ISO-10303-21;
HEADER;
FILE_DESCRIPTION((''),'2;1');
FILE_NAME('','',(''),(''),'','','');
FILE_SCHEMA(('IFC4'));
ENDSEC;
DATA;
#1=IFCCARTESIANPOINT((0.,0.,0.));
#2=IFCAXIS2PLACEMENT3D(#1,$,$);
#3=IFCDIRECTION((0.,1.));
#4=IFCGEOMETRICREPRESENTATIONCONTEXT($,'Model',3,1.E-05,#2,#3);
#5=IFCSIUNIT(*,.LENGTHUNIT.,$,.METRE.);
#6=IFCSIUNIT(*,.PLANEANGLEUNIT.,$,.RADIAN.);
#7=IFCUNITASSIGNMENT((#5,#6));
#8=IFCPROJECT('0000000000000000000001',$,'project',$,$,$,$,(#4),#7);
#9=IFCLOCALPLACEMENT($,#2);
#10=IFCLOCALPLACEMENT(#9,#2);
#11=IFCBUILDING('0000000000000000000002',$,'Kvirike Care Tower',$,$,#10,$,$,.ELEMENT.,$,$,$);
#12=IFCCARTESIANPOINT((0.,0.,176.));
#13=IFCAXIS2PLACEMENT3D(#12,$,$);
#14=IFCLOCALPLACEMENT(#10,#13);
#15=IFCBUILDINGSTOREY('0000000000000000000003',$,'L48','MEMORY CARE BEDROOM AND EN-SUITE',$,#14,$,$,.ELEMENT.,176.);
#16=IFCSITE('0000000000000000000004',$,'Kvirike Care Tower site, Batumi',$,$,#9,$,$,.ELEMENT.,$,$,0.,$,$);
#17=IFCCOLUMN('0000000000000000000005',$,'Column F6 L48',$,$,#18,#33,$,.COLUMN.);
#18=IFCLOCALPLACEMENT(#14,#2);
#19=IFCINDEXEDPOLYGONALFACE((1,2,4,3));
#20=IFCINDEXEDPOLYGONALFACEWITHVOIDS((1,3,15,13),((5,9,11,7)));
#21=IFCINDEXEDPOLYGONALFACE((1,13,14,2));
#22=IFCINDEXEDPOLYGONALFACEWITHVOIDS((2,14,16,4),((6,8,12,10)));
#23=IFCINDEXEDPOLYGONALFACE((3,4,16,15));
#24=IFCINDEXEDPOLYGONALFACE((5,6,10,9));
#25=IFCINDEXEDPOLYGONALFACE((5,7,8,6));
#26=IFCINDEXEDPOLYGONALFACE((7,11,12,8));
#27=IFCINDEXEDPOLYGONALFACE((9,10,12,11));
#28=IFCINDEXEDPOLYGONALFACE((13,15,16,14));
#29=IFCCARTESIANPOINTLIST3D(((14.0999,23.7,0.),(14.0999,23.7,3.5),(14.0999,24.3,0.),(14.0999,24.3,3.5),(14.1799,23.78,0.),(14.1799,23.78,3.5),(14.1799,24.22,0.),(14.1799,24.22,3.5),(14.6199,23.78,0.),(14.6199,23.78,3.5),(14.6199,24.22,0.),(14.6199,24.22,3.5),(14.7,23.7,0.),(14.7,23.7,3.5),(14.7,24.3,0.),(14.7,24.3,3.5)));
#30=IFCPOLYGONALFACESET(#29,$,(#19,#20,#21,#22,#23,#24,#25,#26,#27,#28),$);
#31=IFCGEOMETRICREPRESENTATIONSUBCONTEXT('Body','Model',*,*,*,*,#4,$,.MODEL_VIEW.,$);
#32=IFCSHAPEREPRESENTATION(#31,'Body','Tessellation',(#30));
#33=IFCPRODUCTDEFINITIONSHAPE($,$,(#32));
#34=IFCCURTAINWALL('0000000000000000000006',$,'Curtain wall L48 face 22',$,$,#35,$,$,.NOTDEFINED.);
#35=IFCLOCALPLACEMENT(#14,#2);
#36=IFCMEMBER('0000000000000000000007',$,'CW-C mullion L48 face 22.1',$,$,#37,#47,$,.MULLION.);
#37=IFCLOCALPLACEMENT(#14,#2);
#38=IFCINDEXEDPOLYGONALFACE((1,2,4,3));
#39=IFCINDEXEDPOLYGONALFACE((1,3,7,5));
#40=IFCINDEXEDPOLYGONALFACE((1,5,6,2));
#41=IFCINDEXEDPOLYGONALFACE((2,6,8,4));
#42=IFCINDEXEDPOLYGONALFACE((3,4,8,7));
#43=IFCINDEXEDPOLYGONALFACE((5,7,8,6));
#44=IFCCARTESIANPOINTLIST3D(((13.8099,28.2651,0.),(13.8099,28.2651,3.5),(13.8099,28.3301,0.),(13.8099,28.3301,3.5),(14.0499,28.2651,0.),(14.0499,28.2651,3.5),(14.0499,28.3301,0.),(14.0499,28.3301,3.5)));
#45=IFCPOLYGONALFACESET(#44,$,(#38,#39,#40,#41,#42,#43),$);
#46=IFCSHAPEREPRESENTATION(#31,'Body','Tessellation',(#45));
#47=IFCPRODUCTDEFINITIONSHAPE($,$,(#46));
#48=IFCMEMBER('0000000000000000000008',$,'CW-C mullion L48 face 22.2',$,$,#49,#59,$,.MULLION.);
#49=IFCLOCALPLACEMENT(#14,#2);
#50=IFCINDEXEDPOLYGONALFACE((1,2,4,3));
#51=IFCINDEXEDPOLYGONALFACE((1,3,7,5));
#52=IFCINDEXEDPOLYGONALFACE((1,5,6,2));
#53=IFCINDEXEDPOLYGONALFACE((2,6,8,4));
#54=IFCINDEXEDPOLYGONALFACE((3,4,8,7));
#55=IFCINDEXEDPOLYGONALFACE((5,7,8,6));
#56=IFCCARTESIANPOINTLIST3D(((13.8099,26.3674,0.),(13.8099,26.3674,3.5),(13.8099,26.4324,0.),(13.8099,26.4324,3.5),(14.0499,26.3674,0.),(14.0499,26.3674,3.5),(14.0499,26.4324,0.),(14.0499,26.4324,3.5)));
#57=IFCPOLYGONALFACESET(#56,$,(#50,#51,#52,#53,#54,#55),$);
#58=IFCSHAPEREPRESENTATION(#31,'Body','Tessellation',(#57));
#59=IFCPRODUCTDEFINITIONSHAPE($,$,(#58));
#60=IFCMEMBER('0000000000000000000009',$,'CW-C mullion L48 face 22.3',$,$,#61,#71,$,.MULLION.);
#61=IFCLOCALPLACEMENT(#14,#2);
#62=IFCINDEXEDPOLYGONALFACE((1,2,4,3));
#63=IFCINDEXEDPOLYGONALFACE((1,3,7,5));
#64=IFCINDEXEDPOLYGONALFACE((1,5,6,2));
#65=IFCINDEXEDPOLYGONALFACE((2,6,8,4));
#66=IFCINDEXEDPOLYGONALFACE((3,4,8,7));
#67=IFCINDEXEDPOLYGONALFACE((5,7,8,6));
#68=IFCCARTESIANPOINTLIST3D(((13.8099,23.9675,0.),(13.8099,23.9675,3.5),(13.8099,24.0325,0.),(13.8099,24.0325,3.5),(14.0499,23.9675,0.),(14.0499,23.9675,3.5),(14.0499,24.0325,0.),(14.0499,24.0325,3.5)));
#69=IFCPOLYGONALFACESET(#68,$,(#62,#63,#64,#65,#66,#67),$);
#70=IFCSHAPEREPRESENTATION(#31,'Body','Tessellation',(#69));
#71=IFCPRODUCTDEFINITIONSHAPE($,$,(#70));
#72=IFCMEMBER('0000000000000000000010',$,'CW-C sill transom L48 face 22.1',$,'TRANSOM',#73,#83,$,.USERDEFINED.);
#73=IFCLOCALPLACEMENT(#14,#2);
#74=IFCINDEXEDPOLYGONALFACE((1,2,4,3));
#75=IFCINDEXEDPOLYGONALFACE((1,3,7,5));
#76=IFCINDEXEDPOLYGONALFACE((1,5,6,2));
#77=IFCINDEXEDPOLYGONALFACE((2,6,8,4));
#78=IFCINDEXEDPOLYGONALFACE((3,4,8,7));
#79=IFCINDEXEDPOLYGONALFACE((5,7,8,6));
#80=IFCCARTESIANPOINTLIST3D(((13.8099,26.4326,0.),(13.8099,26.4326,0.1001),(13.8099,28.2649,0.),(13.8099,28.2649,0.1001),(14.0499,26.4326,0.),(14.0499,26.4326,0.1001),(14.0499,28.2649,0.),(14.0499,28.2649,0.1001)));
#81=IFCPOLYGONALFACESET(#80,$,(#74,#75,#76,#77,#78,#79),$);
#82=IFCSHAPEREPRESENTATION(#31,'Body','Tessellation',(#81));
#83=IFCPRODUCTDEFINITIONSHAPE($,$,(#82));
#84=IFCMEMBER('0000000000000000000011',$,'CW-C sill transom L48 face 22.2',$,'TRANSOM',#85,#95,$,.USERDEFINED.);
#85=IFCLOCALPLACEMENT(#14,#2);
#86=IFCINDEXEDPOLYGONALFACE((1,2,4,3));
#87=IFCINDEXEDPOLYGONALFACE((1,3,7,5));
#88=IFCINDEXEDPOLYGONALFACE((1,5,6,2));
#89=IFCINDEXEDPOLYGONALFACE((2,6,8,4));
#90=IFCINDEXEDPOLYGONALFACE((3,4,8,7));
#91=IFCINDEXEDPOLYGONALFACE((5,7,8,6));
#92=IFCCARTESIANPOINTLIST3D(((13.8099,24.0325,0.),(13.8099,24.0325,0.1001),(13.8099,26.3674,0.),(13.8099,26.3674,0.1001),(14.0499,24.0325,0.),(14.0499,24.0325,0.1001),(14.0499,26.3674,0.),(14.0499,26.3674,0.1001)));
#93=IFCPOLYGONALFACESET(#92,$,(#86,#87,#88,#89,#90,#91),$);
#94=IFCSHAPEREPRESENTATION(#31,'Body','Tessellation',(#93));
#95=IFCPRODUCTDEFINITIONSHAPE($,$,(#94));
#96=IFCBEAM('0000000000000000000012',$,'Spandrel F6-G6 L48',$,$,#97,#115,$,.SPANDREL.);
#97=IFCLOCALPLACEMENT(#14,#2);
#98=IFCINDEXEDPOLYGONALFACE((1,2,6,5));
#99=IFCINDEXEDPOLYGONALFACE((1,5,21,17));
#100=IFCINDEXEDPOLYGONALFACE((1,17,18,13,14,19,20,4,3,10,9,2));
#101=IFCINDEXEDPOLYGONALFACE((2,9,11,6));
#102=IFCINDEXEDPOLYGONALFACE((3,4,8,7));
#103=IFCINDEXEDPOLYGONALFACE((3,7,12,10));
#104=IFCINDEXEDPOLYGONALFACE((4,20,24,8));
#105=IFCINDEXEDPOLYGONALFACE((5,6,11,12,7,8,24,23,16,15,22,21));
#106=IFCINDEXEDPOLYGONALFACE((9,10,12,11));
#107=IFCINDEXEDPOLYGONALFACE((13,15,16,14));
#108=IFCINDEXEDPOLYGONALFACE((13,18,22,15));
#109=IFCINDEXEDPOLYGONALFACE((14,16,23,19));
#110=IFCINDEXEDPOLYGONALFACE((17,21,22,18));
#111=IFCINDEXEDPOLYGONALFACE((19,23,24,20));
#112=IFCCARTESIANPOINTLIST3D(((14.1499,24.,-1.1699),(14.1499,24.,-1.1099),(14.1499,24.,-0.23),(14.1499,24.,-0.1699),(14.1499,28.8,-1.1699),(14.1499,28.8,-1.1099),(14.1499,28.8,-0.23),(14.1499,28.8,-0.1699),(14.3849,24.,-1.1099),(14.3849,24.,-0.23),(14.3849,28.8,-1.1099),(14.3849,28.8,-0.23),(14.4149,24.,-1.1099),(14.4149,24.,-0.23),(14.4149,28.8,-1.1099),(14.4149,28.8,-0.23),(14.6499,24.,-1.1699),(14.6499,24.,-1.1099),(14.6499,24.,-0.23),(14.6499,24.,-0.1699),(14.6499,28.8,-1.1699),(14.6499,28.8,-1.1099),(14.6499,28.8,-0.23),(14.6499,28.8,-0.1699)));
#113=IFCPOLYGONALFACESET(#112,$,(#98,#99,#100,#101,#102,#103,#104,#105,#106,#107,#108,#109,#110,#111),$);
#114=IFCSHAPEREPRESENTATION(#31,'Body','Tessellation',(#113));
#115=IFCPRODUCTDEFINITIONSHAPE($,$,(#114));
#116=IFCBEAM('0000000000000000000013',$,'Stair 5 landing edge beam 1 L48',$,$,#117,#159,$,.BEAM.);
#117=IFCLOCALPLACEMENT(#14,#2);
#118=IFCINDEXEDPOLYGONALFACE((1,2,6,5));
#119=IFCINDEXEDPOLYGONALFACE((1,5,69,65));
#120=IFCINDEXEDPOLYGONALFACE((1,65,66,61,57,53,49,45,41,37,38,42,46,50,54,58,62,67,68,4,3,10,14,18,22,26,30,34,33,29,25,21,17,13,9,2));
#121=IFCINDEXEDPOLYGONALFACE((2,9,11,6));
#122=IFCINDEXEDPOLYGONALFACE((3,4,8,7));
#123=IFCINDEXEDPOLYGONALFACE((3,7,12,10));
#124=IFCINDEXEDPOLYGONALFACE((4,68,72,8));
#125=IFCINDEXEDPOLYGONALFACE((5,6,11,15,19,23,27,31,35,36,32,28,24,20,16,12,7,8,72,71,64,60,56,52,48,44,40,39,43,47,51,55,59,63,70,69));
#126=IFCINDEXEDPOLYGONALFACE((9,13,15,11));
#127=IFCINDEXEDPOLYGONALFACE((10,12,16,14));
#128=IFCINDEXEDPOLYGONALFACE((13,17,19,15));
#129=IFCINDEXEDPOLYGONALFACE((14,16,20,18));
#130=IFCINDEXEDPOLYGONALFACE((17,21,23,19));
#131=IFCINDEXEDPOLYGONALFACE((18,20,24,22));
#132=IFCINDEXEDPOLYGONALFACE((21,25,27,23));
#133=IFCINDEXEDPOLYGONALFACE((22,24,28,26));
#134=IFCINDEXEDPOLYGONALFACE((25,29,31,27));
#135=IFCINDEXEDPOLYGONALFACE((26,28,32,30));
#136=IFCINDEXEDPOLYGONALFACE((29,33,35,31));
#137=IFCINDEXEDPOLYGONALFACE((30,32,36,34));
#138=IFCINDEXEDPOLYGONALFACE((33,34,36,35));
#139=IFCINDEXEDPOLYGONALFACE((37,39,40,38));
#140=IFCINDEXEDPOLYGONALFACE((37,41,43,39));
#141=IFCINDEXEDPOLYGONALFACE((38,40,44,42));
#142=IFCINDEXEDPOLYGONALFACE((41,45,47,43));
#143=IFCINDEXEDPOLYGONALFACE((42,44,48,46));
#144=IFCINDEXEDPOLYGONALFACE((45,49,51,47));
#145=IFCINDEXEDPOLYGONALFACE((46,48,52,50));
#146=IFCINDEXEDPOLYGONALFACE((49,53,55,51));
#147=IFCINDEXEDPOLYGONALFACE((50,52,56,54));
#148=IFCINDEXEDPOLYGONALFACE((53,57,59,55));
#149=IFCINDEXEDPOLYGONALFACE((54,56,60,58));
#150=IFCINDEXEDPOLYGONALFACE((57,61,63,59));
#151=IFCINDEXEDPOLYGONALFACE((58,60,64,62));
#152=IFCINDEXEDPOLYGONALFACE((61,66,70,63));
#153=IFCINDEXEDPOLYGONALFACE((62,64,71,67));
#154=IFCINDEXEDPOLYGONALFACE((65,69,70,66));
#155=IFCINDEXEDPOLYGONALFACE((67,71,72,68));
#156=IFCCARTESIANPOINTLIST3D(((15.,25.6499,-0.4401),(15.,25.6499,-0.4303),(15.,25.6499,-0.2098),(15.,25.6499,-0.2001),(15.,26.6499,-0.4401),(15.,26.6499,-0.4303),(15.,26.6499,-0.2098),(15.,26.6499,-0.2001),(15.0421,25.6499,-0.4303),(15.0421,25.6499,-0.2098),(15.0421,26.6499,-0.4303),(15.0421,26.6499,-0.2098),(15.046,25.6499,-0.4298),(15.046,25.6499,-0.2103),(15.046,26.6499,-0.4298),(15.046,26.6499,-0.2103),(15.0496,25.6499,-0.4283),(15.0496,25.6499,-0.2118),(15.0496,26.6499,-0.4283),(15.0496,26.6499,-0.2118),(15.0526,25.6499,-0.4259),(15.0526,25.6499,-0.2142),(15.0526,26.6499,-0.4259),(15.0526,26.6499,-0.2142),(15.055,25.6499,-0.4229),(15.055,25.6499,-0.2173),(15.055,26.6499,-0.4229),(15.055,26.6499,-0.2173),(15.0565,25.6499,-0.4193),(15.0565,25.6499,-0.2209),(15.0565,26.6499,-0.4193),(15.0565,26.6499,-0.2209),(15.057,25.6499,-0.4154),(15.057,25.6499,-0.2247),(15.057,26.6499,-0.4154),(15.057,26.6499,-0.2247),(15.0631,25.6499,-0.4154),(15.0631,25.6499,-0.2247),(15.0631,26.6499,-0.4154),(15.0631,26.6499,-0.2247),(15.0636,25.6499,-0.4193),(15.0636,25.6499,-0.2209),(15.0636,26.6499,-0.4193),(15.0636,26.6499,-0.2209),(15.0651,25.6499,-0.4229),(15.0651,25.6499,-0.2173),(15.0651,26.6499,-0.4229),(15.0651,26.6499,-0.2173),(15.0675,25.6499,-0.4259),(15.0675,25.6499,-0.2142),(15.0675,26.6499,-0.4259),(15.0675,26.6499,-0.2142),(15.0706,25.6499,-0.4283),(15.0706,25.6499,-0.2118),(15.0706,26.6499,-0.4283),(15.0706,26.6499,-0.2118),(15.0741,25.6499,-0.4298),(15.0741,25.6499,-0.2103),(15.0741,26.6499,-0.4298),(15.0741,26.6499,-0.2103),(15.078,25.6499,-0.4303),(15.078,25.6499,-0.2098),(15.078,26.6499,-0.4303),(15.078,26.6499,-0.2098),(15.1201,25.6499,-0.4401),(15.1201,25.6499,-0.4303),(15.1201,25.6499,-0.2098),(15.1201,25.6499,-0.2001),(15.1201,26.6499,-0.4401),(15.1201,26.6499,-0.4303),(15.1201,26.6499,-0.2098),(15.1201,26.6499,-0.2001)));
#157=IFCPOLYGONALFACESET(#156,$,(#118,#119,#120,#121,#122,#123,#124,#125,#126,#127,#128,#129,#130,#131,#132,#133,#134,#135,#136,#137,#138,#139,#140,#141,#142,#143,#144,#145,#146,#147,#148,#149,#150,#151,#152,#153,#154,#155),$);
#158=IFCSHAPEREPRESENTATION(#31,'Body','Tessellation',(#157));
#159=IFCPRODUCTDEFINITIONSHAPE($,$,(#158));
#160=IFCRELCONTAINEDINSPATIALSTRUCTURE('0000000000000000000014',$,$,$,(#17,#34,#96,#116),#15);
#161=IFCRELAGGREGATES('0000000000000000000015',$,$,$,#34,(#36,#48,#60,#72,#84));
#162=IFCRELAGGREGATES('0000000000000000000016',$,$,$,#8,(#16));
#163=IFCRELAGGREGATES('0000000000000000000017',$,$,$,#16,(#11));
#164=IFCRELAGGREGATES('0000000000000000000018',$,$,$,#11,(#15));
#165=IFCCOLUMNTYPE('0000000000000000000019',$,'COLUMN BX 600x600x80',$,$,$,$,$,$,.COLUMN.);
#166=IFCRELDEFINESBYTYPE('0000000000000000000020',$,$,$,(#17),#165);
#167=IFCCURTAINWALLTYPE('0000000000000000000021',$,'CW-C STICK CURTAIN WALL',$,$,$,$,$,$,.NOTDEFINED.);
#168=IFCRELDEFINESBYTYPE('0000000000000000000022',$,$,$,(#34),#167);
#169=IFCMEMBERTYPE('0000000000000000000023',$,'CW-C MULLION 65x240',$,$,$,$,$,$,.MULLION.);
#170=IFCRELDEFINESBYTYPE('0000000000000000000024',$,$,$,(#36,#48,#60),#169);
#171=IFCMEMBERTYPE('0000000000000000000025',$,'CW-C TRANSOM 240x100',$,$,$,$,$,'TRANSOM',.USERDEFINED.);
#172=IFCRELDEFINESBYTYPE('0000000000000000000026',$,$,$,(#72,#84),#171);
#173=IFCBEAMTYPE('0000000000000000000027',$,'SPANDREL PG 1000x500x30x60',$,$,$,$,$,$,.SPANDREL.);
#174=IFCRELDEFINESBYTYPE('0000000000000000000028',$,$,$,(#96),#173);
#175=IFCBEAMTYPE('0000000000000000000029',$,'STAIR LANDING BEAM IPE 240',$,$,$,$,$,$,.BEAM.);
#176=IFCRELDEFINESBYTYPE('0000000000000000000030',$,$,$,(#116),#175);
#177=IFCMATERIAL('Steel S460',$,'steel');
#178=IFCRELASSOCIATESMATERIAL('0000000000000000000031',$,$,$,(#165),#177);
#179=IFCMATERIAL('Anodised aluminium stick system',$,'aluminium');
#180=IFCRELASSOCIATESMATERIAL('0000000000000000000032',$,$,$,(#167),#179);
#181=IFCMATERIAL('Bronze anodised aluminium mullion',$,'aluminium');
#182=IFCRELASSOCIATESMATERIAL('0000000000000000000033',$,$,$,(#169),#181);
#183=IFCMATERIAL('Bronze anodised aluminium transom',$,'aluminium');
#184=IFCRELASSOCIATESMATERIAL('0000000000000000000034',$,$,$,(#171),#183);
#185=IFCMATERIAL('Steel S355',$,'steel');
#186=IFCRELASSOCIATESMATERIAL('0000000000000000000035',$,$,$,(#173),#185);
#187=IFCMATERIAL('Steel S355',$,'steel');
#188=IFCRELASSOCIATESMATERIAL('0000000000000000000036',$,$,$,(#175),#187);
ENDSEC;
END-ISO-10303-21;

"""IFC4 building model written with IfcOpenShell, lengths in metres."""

from ifc_helpers import new_model, si_unit, direction, frame, origin, origin_2d, place, context, subcontext, project, spatial, rectangle, hollow_rectangle, i_section, extrude, material, material_profile, profile_set, type_object, element, aggregate, save


model = new_model("IFC4")

# Units and contexts
model_context = context("Model", 3, precision=1e-05, world=origin(), true_north=direction((0.0, 1.0)))
body_context = subcontext(model_context, "Body", "Model", "MODEL_VIEW")
ifc_project = project(units=[si_unit("LENGTHUNIT", "METRE"), si_unit("PLANEANGLEUNIT", "RADIAN")], contexts=[model_context])

# Site, building, storey
site_placement = place(None, origin())
site = spatial("IfcSite", under=ifc_project, at=site_placement, Name="Kvirike Care Tower site, Batumi", CompositionType="ELEMENT", RefElevation=0.0)
building_placement = place(site_placement, origin())
building = spatial("IfcBuilding", under=site, at=building_placement, Name="Kvirike Care Tower", CompositionType="ELEMENT")
storey_placement = place(building_placement, frame((0.0, 0.0, 176.0)))
storey = spatial("IfcBuildingStorey", under=building, at=storey_placement, Name="L48", Description="MEMORY CARE BEDROOM AND EN-SUITE", CompositionType="ELEMENT", Elevation=176.0)

# Column
ifc_material_1 = material(Name="Steel S460", Category="steel")
ifc_material_profile_1 = material_profile(ifc_material_1, hollow_rectangle(XDim=0.6001, YDim=0.6001, WallThickness=0.0801, at=origin_2d()), Name="BX 600x600x80")
ifc_profile_set_1 = profile_set([ifc_material_profile_1], Name="Steel S460")
column_type = type_object("IfcColumnType", Name="COLUMN BX 600x600x80", PredefinedType="COLUMN", material=ifc_profile_set_1)
column_placement = place(storey_placement, frame((14.3999, 24.0, 0.0), z_axis=(0.0, 0.0, 1.0), x_axis=(1.0, 0.0, 0.0)))
element("IfcColumn", 1, at=column_placement, inside=storey, type_object=column_type, Name="Column F6 L48", PredefinedType="COLUMN", context=body_context, shape_type="SweptSolid", body=[
    extrude(hollow_rectangle(XDim=0.6001, YDim=0.6001, WallThickness=0.0801, at=origin_2d()), origin(), (0.0, 0.0, 1.0), 3.5),
])

# Curtain wall, members
ifc_material_2 = material(Name="Anodised aluminium stick system", Category="aluminium")
curtain_wall_type = type_object("IfcCurtainWallType", Name="CW-C STICK CURTAIN WALL", PredefinedType="NOTDEFINED", material=ifc_material_2)
curtain_wall_placement = place(storey_placement, origin())
curtain_wall = element("IfcCurtainWall", 2, at=curtain_wall_placement, inside=storey, type_object=curtain_wall_type, Name="Curtain wall L48 face 22", PredefinedType="NOTDEFINED")
ifc_material_3 = material(Name="Bronze anodised aluminium mullion", Category="aluminium")
ifc_material_profile_2 = material_profile(ifc_material_3, rectangle(XDim=0.0649, YDim=0.24, at=origin_2d()), Name="CW-C MULLION 65x240")
ifc_profile_set_2 = profile_set([ifc_material_profile_2], Name="Bronze anodised aluminium mullion")
member_type_1 = type_object("IfcMemberType", Name="CW-C MULLION 65x240", PredefinedType="MULLION", material=ifc_profile_set_2)
member_1_placement = place(storey_placement, frame((13.9299, 28.2976, 0.0), z_axis=(0.0, 0.0, 1.0), x_axis=(0.0, -1.0, 0.0)))
member_1 = element("IfcMember", 3, at=member_1_placement, type_object=member_type_1, Name="CW-C mullion L48 face 22.1", PredefinedType="MULLION", context=body_context, shape_type="SweptSolid", body=[
    extrude(rectangle(XDim=0.0649, YDim=0.24, at=origin_2d()), origin(), (0.0, 0.0, 1.0), 3.5),
])
member_2_placement = place(storey_placement, frame((13.9299, 26.3999, 0.0), z_axis=(0.0, 0.0, 1.0), x_axis=(0.0, -1.0, 0.0)))
member_2 = element("IfcMember", 4, at=member_2_placement, type_object=member_type_1, Name="CW-C mullion L48 face 22.2", PredefinedType="MULLION", context=body_context, shape_type="SweptSolid", body=[
    extrude(rectangle(XDim=0.0649, YDim=0.24, at=origin_2d()), origin(), (0.0, 0.0, 1.0), 3.5),
])
member_3_placement = place(storey_placement, frame((13.9299, 24.0, 0.0), z_axis=(0.0, 0.0, 1.0), x_axis=(0.0, -1.0, 0.0)))
member_3 = element("IfcMember", 5, at=member_3_placement, type_object=member_type_1, Name="CW-C mullion L48 face 22.3", PredefinedType="MULLION", context=body_context, shape_type="SweptSolid", body=[
    extrude(rectangle(XDim=0.0649, YDim=0.24, at=origin_2d()), origin(), (0.0, 0.0, 1.0), 3.5),
])
ifc_material_4 = material(Name="Bronze anodised aluminium transom", Category="aluminium")
ifc_material_profile_3 = material_profile(ifc_material_4, rectangle(XDim=0.24, YDim=0.1001, at=origin_2d()), Name="CW-C TRANSOM 240x100")
ifc_profile_set_3 = profile_set([ifc_material_profile_3], Name="Bronze anodised aluminium transom")
member_type_2 = type_object("IfcMemberType", Name="CW-C TRANSOM 240x100", ElementType="TRANSOM", PredefinedType="USERDEFINED", material=ifc_profile_set_3)
member_4_placement = place(storey_placement, frame((13.9299, 28.2649, 0.05), z_axis=(0.0, -1.0, 0.0), x_axis=(1.0, 0.0, 0.0)))
member_4 = element("IfcMember", 6, at=member_4_placement, type_object=member_type_2, Name="CW-C sill transom L48 face 22.1", ObjectType="TRANSOM", PredefinedType="USERDEFINED", context=body_context, shape_type="SweptSolid", body=[
    extrude(rectangle(XDim=0.24, YDim=0.1001, at=origin_2d()), origin(), (0.0, 0.0, 1.0), 1.8323),
])
member_5_placement = place(storey_placement, frame((13.9299, 26.3674, 0.05), z_axis=(0.0, -1.0, 0.0), x_axis=(1.0, 0.0, 0.0)))
member_5 = element("IfcMember", 7, at=member_5_placement, type_object=member_type_2, Name="CW-C sill transom L48 face 22.2", ObjectType="TRANSOM", PredefinedType="USERDEFINED", context=body_context, shape_type="SweptSolid", body=[
    extrude(rectangle(XDim=0.24, YDim=0.1001, at=origin_2d()), origin(), (0.0, 0.0, 1.0), 2.335),
])

# Beams
ifc_material_5 = material(Name="Steel S355", Category="steel")
ifc_material_profile_4 = material_profile(ifc_material_5, i_section(OverallWidth=0.5, OverallDepth=1.0, WebThickness=0.03, FlangeThickness=0.0601, at=origin_2d()), Name="PG 1000x500x30x60")
ifc_profile_set_4 = profile_set([ifc_material_profile_4], Name="Steel S355")
beam_type_1 = type_object("IfcBeamType", Name="SPANDREL PG 1000x500x30x60", PredefinedType="SPANDREL", material=ifc_profile_set_4)
beam_placement = place(storey_placement, frame((14.3999, 24.0, -0.6699), z_axis=(0.0, 1.0, 0.0), x_axis=(-1.0, 0.0, 0.0)))
element("IfcBeam", 8, at=beam_placement, inside=storey, type_object=beam_type_1, Name="Spandrel F6-G6 L48", PredefinedType="SPANDREL", context=body_context, shape_type="SweptSolid", body=[
    extrude(i_section(OverallWidth=0.5, OverallDepth=1.0, WebThickness=0.03, FlangeThickness=0.0601, at=origin_2d()), origin(), (0.0, 0.0, 1.0), 4.8),
])
ifc_material_6 = material(Name="Steel S355", Category="steel")
ifc_material_profile_5 = material_profile(ifc_material_6, i_section(OverallWidth=0.1201, OverallDepth=0.24, WebThickness=0.0061, FlangeThickness=0.0098, FilletRadius=0.0149, at=origin_2d()), Name="IPE 240")
ifc_profile_set_5 = profile_set([ifc_material_profile_5], Name="Steel S355")
beam_type_2 = type_object("IfcBeamType", Name="STAIR LANDING BEAM IPE 240", PredefinedType="BEAM", material=ifc_profile_set_5)
for number, where, z_axis, x_axis, name in (
    (9, (15.0601, 25.6499, -0.3201), (0.0, 1.0, 0.0), (-1.0, 0.0, 0.0), "Stair 5 landing edge beam 1 L48"),
):
    element("IfcBeam", number, at=place(storey_placement, frame(where, z_axis=z_axis, x_axis=x_axis)), inside=storey, type_object=beam_type_2, Name=name, PredefinedType="BEAM", context=body_context, shape_type="SweptSolid", body=[
        extrude(i_section(OverallWidth=0.1201, OverallDepth=0.24, WebThickness=0.0061, FlangeThickness=0.0098, FilletRadius=0.0149, at=origin_2d()), origin(), (0.0, 0.0, 1.0), 1.0),
    ])

aggregate(curtain_wall, [member_1, member_2, member_3, member_4, member_5])

save(model, "model.ifc")
